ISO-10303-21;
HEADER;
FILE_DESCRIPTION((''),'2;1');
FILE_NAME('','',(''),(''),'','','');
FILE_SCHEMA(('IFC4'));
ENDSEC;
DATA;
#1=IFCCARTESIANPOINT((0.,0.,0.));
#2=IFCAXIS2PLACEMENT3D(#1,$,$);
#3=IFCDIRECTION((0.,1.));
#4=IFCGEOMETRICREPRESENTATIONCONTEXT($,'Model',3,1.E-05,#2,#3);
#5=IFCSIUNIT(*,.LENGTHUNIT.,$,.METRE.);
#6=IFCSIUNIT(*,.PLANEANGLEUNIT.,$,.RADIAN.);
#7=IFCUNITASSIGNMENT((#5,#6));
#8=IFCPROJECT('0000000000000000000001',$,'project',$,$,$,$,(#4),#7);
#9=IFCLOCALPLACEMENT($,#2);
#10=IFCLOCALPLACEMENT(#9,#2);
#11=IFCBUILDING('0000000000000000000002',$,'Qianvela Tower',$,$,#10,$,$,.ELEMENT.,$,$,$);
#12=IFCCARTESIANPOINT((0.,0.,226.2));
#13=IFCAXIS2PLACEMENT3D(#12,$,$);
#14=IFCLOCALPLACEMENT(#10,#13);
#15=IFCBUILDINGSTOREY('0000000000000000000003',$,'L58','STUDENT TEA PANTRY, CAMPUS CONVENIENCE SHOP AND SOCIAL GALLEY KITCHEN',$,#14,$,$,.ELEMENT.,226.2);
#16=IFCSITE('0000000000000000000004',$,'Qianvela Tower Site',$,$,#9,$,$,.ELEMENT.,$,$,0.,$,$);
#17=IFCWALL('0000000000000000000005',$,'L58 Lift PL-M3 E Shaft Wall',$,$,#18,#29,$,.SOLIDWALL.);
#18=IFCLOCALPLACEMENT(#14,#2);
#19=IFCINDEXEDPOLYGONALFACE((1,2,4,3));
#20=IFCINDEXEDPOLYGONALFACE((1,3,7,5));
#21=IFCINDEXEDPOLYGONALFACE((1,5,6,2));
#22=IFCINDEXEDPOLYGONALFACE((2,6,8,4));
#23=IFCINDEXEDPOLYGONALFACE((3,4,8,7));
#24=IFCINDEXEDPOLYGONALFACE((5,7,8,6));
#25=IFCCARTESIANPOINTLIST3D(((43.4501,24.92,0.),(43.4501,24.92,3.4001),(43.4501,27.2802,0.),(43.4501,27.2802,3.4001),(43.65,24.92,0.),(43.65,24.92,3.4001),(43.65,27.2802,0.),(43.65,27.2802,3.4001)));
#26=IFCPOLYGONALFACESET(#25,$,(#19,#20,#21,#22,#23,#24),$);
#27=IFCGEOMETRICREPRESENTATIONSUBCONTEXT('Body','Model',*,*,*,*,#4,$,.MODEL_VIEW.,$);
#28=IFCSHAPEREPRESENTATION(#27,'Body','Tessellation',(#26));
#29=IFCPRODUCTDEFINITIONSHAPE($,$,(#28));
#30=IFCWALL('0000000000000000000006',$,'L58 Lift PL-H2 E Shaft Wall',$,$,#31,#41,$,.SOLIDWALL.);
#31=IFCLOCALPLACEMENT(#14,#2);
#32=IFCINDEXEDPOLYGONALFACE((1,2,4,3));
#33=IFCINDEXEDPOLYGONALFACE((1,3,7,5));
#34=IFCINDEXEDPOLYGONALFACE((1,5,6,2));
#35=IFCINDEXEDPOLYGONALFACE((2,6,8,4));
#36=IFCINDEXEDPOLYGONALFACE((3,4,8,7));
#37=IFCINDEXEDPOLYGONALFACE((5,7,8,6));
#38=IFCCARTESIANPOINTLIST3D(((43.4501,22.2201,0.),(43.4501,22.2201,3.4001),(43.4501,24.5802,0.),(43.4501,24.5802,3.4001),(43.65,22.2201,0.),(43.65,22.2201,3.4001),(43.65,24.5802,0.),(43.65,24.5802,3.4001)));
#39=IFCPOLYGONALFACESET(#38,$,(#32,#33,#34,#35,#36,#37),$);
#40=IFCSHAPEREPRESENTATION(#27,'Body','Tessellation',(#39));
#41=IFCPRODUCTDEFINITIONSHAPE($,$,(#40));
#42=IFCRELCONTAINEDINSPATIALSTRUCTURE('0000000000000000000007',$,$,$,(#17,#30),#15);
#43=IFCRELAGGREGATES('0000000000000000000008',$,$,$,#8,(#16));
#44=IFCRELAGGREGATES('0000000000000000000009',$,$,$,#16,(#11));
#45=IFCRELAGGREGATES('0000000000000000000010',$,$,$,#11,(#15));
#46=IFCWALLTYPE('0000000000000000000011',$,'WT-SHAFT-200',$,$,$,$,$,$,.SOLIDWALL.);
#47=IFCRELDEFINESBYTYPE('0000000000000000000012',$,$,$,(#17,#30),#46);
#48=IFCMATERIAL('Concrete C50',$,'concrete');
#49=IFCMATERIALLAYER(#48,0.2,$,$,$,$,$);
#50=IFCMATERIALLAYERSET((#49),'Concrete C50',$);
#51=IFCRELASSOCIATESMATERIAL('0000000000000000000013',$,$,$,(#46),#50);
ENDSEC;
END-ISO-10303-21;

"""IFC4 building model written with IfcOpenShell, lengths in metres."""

from ifc_helpers import new_model, si_unit, direction, frame, frame_2d, origin, place, context, subcontext, project, spatial, rectangle, extrude, material, layer, layer_set, type_object, element, save


model = new_model("IFC4")

# Units and contexts
model_context = context("Model", 3, precision=1e-05, world=origin(), true_north=direction((0.0, 1.0)))
body_context = subcontext(model_context, "Body", "Model", "MODEL_VIEW")
ifc_project = project(units=[si_unit("LENGTHUNIT", "METRE"), si_unit("PLANEANGLEUNIT", "RADIAN")], contexts=[model_context])

# Site, building, storey
site_placement = place(None, origin())
site = spatial("IfcSite", under=ifc_project, at=site_placement, Name="Qianvela Tower Site", CompositionType="ELEMENT", RefElevation=0.0)
building_placement = place(site_placement, origin())
building = spatial("IfcBuilding", under=site, at=building_placement, Name="Qianvela Tower", CompositionType="ELEMENT")
storey_placement = place(building_placement, frame((0.0, 0.0, 226.2)))
storey = spatial("IfcBuildingStorey", under=building, at=storey_placement, Name="L58", Description="STUDENT TEA PANTRY, CAMPUS CONVENIENCE SHOP AND SOCIAL GALLEY KITCHEN", CompositionType="ELEMENT", Elevation=226.2)

# Shared definitions
ifc_material_1 = material(Name="Concrete C50", Category="concrete")
ifc_layer_1 = layer(ifc_material_1, 0.2)
ifc_layer_set_1 = layer_set([ifc_layer_1], Name="Concrete C50")
wall_type_1 = type_object("IfcWallType", Name="WT-SHAFT-200", PredefinedType="SOLIDWALL", material=ifc_layer_set_1)

# Walls
for number, where, z_axis, x_axis, name in (
    (1, (43.55, 24.9199, 0.0), (0.0, 0.0, 1.0), (0.0, 1.0, 0.0), "L58 Lift PL-M3 E Shaft Wall"),
    (2, (43.55, 22.22, 0.0), (0.0, 0.0, 1.0), (0.0, 1.0, 0.0), "L58 Lift PL-H2 E Shaft Wall"),
):
    element("IfcWall", number, at=place(storey_placement, frame(where, z_axis=z_axis, x_axis=x_axis)), inside=storey, type_object=wall_type_1, Name=name, PredefinedType="SOLIDWALL", context=body_context, shape_type="SweptSolid", body=[
        extrude(rectangle(XDim=2.3601, YDim=0.2, at=frame_2d((1.1802, 0.0))), origin(), (0.0, 0.0, 1.0), 3.4001),
    ])

save(model, "model.ifc")
